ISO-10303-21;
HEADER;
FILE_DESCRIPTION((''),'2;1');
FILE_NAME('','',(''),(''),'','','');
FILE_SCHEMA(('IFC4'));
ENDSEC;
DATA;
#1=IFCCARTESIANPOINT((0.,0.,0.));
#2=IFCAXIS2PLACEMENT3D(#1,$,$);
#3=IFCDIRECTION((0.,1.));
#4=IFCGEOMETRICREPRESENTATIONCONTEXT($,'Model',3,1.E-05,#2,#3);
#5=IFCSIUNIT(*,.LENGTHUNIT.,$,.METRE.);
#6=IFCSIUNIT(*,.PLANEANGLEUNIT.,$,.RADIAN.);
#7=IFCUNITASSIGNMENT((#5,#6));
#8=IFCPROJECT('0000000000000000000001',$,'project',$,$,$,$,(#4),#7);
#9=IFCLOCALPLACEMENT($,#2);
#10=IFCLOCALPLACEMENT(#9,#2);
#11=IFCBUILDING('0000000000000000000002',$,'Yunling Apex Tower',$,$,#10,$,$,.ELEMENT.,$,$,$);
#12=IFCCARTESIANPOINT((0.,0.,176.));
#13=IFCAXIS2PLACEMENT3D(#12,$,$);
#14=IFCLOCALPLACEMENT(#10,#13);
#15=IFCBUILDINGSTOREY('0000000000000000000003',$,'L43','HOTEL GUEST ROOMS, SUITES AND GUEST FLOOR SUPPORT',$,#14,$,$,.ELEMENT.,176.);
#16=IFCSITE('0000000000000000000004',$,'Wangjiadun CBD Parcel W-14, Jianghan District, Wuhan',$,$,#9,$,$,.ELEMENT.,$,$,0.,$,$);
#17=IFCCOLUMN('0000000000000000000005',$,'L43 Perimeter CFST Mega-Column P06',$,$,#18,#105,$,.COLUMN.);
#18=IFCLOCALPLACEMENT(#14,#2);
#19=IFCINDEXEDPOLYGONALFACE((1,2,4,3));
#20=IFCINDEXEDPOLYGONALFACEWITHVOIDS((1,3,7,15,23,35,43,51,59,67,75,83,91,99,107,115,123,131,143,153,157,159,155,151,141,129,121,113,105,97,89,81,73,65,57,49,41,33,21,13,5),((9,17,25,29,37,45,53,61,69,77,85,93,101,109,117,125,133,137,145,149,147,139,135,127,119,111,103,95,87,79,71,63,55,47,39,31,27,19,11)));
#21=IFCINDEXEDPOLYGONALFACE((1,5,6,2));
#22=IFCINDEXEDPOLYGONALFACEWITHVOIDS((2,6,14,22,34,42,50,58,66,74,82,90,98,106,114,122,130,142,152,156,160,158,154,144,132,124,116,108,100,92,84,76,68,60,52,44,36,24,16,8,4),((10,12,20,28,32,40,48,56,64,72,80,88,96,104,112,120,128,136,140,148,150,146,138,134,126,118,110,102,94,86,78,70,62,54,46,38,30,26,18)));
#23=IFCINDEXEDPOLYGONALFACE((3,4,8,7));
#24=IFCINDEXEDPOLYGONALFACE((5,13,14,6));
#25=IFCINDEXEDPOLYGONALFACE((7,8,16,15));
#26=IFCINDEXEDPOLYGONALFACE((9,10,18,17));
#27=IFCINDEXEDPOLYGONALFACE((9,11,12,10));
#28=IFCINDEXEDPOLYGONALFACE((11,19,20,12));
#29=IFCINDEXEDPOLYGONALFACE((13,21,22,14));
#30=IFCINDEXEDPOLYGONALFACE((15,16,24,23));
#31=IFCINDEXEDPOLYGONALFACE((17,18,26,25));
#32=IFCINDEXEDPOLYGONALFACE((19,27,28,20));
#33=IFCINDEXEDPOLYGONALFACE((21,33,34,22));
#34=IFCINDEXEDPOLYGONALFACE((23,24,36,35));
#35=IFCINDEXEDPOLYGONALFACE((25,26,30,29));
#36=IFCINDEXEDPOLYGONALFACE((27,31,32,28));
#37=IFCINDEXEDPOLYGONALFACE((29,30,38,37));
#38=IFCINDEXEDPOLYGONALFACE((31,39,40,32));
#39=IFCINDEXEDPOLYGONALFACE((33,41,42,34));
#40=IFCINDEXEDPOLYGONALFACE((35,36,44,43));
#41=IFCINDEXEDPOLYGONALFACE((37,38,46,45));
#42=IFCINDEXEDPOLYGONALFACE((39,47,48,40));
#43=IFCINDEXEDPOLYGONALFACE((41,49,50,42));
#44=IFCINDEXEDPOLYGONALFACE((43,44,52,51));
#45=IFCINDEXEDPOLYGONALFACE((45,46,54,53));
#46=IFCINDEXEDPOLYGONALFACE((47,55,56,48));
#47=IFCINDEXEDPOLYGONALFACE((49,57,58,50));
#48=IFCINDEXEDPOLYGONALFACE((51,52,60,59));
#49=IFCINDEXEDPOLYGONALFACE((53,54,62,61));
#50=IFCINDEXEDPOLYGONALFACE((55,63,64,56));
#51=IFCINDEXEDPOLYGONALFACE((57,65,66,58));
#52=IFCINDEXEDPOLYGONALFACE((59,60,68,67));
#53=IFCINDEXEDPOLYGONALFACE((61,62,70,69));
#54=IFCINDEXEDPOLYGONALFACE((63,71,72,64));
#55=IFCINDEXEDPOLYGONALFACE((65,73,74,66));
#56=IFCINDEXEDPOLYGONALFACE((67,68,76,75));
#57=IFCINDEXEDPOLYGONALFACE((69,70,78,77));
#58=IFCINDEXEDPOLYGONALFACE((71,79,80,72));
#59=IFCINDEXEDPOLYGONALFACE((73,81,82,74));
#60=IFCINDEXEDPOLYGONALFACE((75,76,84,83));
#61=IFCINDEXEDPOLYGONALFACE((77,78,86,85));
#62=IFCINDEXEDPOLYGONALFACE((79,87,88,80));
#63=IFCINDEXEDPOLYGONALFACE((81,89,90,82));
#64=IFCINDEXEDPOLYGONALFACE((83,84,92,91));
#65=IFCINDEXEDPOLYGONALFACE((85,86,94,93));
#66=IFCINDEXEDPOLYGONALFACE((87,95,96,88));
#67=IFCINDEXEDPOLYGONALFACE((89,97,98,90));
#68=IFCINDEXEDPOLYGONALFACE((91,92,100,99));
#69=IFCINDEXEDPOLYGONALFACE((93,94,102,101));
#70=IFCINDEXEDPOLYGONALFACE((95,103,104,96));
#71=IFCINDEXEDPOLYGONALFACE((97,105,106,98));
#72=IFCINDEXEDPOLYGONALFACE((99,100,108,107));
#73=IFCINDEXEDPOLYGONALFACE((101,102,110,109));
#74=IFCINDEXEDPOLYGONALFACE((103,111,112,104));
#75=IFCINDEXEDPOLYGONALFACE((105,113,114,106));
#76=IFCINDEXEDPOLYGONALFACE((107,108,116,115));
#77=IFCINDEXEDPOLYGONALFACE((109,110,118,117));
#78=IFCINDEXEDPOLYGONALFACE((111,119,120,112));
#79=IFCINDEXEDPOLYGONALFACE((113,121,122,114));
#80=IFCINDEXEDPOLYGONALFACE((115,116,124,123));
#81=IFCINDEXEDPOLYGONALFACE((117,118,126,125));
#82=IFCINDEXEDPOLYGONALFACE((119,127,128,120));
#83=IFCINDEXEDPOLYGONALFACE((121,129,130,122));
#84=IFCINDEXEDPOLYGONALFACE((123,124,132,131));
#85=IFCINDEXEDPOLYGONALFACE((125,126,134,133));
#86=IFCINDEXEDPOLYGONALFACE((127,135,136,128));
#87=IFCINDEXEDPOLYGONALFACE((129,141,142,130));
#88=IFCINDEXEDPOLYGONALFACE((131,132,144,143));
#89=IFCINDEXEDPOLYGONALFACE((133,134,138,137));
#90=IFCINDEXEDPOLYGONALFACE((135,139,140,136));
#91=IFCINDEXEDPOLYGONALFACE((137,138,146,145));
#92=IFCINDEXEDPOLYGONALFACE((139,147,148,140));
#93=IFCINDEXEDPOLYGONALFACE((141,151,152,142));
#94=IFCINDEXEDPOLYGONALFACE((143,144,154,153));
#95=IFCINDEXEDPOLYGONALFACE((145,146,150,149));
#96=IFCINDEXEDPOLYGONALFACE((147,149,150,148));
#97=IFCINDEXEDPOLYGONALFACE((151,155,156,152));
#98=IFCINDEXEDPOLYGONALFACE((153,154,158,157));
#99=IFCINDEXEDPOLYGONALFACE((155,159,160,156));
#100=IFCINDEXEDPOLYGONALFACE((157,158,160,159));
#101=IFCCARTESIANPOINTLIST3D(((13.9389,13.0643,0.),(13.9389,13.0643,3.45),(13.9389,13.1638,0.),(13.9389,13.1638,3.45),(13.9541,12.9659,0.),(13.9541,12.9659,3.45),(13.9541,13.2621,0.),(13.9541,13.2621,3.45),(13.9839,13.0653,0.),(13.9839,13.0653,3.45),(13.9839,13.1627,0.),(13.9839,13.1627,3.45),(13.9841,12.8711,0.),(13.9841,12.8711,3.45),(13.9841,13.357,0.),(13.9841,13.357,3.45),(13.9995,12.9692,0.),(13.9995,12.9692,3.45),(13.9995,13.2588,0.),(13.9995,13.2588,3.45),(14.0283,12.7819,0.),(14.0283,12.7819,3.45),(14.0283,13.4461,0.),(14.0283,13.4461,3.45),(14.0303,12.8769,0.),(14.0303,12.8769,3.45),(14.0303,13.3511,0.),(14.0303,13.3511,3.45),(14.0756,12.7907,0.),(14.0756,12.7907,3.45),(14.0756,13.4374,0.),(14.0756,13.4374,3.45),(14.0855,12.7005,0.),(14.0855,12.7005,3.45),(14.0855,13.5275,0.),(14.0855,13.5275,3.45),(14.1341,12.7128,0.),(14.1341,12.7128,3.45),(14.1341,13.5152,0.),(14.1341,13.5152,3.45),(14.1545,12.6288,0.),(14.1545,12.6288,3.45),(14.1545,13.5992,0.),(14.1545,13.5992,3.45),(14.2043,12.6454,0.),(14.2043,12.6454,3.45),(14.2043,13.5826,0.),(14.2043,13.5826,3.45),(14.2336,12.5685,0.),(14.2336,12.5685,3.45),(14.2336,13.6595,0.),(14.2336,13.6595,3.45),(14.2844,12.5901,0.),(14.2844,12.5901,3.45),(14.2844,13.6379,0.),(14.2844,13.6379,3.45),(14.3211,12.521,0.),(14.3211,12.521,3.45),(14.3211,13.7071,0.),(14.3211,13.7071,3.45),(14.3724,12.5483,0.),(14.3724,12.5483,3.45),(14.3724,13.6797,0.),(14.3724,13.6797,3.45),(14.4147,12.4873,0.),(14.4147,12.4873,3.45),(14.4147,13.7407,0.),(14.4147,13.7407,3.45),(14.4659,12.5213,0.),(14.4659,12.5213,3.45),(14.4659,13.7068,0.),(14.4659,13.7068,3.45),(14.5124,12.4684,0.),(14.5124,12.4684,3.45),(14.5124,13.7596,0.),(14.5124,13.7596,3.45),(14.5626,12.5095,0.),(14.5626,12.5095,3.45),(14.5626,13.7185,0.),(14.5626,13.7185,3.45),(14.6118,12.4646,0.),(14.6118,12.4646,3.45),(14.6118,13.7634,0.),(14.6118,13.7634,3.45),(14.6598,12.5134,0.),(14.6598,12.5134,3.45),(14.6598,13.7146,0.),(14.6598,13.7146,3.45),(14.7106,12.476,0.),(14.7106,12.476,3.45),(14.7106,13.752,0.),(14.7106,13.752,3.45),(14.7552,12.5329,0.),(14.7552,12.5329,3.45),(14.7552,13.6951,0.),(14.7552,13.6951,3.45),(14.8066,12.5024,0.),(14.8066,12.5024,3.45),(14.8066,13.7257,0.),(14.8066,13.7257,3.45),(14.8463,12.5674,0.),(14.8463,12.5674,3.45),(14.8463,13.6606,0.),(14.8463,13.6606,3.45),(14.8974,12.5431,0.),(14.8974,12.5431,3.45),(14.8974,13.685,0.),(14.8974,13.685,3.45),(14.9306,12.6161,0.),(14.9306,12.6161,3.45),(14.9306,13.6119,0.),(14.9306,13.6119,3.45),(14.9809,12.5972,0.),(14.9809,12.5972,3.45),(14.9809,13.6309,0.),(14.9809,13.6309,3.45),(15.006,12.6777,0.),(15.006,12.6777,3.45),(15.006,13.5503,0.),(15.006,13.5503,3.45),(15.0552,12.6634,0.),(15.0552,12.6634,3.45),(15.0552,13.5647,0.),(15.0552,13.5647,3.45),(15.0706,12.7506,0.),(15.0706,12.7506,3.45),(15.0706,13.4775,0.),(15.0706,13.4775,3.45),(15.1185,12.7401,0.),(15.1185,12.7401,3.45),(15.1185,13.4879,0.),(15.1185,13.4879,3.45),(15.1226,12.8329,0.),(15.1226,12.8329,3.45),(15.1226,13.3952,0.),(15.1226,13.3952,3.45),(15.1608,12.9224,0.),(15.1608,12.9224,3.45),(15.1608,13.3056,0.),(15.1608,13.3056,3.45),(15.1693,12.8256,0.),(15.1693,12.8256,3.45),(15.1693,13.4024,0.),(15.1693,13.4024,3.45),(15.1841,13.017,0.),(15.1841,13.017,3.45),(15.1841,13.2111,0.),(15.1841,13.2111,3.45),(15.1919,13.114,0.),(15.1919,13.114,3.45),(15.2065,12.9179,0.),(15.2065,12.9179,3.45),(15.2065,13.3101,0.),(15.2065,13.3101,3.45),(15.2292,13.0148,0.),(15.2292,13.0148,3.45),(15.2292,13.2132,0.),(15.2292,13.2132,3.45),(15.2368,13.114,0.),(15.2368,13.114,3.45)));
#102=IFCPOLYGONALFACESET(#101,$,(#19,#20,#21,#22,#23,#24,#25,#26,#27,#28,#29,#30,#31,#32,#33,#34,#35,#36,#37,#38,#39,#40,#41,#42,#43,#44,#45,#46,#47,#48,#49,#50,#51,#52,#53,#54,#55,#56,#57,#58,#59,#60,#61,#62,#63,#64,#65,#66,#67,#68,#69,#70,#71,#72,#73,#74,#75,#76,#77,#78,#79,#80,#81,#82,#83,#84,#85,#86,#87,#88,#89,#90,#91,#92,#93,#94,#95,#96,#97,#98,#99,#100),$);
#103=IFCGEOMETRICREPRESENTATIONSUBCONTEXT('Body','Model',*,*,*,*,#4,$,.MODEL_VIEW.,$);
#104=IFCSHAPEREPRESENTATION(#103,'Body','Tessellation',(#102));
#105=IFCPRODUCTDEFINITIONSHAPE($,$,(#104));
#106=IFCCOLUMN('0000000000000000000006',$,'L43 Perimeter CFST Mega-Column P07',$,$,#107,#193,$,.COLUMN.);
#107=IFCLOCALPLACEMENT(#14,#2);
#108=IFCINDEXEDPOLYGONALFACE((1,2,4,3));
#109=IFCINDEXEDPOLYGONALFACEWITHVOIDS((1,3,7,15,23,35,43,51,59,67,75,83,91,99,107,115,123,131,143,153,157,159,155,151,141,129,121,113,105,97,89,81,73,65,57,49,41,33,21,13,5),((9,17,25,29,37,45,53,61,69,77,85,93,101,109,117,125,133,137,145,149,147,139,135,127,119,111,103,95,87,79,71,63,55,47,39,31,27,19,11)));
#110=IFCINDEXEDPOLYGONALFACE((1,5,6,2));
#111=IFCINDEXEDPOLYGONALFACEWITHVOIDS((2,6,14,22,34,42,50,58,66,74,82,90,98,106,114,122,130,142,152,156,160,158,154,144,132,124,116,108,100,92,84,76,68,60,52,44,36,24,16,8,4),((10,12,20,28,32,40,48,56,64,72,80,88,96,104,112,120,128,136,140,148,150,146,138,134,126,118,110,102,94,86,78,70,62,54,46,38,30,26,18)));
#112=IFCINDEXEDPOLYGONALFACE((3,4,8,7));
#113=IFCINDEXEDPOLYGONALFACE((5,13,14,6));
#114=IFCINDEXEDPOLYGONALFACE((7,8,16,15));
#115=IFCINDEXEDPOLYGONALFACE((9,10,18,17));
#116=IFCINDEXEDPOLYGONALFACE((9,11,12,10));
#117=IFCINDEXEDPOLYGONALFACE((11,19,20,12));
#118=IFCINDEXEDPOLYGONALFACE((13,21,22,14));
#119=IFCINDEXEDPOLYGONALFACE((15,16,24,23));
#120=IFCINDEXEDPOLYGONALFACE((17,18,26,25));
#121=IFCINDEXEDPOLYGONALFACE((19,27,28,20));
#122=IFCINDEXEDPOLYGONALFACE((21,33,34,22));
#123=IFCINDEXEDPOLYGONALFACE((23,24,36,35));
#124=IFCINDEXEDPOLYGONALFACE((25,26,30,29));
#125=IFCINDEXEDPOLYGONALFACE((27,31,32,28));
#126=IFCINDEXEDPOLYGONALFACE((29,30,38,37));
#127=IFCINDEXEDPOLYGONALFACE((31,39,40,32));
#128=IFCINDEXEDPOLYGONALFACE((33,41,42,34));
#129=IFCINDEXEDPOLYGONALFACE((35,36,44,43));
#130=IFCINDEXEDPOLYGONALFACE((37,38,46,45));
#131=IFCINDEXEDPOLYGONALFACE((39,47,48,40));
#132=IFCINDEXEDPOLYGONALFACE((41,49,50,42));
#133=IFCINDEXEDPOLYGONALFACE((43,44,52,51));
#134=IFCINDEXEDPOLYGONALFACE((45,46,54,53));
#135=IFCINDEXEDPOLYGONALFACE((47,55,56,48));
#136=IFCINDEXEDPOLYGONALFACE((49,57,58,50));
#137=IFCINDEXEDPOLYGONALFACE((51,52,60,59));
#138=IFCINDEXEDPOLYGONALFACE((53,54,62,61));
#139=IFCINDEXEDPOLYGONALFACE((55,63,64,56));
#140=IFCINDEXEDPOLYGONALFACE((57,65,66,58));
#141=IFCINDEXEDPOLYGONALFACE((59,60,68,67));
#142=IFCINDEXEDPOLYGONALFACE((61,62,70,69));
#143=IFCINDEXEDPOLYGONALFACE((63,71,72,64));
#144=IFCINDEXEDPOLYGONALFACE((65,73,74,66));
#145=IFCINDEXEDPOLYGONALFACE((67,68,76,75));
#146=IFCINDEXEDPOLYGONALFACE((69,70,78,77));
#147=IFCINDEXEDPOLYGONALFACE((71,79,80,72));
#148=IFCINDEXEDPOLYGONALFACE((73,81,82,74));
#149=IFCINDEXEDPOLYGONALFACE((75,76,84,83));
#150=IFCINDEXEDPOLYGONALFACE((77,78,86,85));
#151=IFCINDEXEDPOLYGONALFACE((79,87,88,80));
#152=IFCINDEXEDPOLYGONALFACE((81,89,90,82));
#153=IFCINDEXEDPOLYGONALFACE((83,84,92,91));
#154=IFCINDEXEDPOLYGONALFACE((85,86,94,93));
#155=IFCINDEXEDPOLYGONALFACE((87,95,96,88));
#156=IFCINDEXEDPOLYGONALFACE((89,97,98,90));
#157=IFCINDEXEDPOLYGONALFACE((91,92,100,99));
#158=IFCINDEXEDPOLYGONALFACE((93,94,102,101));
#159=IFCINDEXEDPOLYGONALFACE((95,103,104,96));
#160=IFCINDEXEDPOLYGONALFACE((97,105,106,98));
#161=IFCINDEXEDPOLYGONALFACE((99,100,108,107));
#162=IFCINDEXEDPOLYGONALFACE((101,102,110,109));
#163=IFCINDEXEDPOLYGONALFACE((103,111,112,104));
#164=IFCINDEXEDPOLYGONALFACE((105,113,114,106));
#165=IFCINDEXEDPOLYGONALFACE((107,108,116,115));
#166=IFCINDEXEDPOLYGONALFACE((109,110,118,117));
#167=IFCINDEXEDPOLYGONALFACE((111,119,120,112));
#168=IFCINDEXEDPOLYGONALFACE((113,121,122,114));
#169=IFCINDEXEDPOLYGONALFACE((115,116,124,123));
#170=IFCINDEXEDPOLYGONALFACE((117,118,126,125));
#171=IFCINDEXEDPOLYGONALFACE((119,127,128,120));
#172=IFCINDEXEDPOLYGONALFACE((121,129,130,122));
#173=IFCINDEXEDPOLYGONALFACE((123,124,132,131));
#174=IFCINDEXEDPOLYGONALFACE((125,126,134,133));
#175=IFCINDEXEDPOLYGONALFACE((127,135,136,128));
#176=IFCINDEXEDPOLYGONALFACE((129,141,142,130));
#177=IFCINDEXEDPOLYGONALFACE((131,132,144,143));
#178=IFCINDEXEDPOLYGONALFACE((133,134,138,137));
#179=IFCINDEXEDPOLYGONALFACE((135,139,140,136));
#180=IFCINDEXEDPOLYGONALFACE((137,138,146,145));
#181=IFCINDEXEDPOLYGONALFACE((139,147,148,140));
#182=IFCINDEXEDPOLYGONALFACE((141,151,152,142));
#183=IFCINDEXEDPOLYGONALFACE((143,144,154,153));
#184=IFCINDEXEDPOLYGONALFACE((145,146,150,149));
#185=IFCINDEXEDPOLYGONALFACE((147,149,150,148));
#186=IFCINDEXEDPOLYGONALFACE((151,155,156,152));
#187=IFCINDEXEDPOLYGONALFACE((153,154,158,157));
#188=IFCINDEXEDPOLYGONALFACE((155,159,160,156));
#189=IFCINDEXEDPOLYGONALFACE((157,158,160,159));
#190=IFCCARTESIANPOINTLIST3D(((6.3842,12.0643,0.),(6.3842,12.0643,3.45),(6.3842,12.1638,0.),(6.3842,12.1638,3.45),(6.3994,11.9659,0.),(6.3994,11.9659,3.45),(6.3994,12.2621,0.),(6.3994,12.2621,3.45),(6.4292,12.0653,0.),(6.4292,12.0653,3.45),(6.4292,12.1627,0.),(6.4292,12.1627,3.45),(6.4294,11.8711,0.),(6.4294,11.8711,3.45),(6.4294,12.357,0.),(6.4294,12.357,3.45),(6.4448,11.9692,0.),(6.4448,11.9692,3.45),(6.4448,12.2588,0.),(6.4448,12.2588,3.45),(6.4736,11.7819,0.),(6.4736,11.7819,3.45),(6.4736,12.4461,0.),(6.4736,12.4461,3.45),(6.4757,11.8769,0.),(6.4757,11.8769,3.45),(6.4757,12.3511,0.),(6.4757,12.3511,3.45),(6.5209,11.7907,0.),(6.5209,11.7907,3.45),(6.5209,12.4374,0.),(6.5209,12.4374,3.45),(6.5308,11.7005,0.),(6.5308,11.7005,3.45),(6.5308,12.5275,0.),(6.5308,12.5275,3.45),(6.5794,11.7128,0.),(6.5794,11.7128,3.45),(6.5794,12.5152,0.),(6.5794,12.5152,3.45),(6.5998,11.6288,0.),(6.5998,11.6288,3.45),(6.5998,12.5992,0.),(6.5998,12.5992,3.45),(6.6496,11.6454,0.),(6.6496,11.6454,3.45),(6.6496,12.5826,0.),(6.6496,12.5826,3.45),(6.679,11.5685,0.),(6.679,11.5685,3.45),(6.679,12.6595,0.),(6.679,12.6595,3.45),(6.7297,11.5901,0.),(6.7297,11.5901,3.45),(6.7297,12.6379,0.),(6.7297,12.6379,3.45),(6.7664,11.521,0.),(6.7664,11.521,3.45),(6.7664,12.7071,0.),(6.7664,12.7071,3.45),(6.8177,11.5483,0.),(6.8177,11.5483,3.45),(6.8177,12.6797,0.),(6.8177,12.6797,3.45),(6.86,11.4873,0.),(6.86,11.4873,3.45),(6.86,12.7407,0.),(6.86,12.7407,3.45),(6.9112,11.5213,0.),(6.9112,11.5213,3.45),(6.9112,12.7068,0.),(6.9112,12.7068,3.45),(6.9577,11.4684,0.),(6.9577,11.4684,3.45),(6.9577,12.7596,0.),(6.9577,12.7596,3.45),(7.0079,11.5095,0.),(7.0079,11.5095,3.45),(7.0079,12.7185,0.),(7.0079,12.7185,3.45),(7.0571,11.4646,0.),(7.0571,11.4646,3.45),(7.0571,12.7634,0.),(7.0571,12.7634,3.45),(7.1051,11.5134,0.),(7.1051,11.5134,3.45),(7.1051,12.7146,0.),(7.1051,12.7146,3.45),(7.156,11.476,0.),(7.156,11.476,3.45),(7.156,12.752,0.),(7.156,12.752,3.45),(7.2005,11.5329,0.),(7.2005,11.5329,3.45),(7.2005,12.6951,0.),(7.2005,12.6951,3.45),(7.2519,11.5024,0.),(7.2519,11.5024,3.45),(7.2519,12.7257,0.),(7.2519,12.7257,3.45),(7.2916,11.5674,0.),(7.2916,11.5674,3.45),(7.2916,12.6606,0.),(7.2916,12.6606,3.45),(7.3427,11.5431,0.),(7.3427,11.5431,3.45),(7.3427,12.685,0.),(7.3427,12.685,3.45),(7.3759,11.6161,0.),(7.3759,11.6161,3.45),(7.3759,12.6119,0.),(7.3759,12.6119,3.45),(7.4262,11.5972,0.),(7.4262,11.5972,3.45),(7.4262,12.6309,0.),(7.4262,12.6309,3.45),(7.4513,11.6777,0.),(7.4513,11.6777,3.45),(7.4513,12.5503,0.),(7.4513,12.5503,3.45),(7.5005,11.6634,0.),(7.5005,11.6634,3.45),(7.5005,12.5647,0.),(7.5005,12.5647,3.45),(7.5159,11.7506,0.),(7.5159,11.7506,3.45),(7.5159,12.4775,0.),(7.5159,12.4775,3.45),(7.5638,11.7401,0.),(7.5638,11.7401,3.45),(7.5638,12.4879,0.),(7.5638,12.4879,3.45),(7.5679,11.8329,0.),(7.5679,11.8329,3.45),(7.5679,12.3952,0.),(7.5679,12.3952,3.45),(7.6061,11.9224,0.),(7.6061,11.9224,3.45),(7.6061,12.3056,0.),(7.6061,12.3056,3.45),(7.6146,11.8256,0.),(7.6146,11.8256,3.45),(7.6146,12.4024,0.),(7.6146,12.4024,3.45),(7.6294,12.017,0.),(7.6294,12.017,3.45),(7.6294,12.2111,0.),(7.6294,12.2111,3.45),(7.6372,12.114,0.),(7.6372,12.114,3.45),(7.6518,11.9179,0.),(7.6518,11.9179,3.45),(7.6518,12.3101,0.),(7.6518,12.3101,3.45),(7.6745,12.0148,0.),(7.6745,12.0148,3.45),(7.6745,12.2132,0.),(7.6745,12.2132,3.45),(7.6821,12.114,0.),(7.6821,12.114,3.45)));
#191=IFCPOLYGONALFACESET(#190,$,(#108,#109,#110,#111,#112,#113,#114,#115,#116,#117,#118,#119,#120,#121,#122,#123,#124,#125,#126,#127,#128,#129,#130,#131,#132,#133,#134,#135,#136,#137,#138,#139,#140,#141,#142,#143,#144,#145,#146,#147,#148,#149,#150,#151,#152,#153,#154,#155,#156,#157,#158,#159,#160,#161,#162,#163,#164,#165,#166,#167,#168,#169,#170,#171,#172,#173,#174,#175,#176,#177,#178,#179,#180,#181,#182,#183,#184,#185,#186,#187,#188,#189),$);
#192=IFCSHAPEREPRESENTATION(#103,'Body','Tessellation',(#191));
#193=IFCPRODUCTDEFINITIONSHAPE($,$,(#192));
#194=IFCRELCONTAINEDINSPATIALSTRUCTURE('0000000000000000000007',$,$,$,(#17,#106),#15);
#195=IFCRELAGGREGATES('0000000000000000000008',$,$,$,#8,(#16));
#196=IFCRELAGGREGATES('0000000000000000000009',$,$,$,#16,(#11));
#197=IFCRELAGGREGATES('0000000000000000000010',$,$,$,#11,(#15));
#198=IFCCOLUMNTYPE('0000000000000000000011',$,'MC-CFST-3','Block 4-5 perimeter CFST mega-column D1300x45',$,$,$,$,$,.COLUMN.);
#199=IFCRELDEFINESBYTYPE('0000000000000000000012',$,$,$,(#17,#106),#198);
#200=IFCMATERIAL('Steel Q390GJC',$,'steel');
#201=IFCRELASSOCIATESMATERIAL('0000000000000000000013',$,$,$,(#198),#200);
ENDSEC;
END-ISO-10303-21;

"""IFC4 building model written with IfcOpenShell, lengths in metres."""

from ifc_helpers import new_model, si_unit, direction, frame, origin, origin_2d, place, context, subcontext, project, spatial, hollow_circle, extrude, source, transform, mapped, material, material_profile, profile_set, type_object, element, save


model = new_model("IFC4")

# Units and contexts
model_context = context("Model", 3, precision=1e-05, world=origin(), true_north=direction((0.0, 1.0)))
body_context = subcontext(model_context, "Body", "Model", "MODEL_VIEW")
ifc_project = project(units=[si_unit("LENGTHUNIT", "METRE"), si_unit("PLANEANGLEUNIT", "RADIAN")], contexts=[model_context])

# Site, building, storey
site_placement = place(None, origin())
site = spatial("IfcSite", under=ifc_project, at=site_placement, Name="Wangjiadun CBD Parcel W-14, Jianghan District, Wuhan", CompositionType="ELEMENT", RefElevation=0.0)
building_placement = place(site_placement, origin())
building = spatial("IfcBuilding", under=site, at=building_placement, Name="Yunling Apex Tower", CompositionType="ELEMENT")
storey_placement = place(building_placement, frame((0.0, 0.0, 176.0)))
storey = spatial("IfcBuildingStorey", under=building, at=storey_placement, Name="L43", Description="HOTEL GUEST ROOMS, SUITES AND GUEST FLOOR SUPPORT", CompositionType="ELEMENT", Elevation=176.0)

# Columns
ifc_material_1 = material(Name="Steel Q390GJC", Category="steel")
ifc_material_profile_1 = material_profile(ifc_material_1, hollow_circle(Radius=0.6499, WallThickness=0.0449, at=origin_2d()))
ifc_profile_set_1 = profile_set([ifc_material_profile_1], Name="Steel Q390GJC")
column_type = type_object("IfcColumnType", Name="MC-CFST-3", Description="Block 4-5 perimeter CFST mega-column D1300x45", PredefinedType="COLUMN", material=ifc_profile_set_1)
shared_shape_1 = source(origin(), body_context, "Body", "SweptSolid", [
    extrude(hollow_circle(Radius=0.6499, WallThickness=0.0449, at=origin_2d()), origin(), (0.0, 0.0, 1.0), 3.45),
])
for number, where, z_axis, x_axis, name in (
    (1, (14.5869, 13.114, 0.0), (0.0, 0.0, 1.0), (1.0, 0.0, 0.0), "L43 Perimeter CFST Mega-Column P06"),
    (2, (7.0322, 12.114, 0.0), (0.0, 0.0, 1.0), (1.0, 0.0, 0.0), "L43 Perimeter CFST Mega-Column P07"),
):
    element("IfcColumn", number, at=place(storey_placement, frame(where, z_axis=z_axis, x_axis=x_axis)), inside=storey, type_object=column_type, Name=name, PredefinedType="COLUMN", context=body_context, shape_type="MappedRepresentation", body=[
        mapped(shared_shape_1, transform((0.0, 0.0, 0.0), scale=1.0)),
    ])

save(model, "model.ifc")
